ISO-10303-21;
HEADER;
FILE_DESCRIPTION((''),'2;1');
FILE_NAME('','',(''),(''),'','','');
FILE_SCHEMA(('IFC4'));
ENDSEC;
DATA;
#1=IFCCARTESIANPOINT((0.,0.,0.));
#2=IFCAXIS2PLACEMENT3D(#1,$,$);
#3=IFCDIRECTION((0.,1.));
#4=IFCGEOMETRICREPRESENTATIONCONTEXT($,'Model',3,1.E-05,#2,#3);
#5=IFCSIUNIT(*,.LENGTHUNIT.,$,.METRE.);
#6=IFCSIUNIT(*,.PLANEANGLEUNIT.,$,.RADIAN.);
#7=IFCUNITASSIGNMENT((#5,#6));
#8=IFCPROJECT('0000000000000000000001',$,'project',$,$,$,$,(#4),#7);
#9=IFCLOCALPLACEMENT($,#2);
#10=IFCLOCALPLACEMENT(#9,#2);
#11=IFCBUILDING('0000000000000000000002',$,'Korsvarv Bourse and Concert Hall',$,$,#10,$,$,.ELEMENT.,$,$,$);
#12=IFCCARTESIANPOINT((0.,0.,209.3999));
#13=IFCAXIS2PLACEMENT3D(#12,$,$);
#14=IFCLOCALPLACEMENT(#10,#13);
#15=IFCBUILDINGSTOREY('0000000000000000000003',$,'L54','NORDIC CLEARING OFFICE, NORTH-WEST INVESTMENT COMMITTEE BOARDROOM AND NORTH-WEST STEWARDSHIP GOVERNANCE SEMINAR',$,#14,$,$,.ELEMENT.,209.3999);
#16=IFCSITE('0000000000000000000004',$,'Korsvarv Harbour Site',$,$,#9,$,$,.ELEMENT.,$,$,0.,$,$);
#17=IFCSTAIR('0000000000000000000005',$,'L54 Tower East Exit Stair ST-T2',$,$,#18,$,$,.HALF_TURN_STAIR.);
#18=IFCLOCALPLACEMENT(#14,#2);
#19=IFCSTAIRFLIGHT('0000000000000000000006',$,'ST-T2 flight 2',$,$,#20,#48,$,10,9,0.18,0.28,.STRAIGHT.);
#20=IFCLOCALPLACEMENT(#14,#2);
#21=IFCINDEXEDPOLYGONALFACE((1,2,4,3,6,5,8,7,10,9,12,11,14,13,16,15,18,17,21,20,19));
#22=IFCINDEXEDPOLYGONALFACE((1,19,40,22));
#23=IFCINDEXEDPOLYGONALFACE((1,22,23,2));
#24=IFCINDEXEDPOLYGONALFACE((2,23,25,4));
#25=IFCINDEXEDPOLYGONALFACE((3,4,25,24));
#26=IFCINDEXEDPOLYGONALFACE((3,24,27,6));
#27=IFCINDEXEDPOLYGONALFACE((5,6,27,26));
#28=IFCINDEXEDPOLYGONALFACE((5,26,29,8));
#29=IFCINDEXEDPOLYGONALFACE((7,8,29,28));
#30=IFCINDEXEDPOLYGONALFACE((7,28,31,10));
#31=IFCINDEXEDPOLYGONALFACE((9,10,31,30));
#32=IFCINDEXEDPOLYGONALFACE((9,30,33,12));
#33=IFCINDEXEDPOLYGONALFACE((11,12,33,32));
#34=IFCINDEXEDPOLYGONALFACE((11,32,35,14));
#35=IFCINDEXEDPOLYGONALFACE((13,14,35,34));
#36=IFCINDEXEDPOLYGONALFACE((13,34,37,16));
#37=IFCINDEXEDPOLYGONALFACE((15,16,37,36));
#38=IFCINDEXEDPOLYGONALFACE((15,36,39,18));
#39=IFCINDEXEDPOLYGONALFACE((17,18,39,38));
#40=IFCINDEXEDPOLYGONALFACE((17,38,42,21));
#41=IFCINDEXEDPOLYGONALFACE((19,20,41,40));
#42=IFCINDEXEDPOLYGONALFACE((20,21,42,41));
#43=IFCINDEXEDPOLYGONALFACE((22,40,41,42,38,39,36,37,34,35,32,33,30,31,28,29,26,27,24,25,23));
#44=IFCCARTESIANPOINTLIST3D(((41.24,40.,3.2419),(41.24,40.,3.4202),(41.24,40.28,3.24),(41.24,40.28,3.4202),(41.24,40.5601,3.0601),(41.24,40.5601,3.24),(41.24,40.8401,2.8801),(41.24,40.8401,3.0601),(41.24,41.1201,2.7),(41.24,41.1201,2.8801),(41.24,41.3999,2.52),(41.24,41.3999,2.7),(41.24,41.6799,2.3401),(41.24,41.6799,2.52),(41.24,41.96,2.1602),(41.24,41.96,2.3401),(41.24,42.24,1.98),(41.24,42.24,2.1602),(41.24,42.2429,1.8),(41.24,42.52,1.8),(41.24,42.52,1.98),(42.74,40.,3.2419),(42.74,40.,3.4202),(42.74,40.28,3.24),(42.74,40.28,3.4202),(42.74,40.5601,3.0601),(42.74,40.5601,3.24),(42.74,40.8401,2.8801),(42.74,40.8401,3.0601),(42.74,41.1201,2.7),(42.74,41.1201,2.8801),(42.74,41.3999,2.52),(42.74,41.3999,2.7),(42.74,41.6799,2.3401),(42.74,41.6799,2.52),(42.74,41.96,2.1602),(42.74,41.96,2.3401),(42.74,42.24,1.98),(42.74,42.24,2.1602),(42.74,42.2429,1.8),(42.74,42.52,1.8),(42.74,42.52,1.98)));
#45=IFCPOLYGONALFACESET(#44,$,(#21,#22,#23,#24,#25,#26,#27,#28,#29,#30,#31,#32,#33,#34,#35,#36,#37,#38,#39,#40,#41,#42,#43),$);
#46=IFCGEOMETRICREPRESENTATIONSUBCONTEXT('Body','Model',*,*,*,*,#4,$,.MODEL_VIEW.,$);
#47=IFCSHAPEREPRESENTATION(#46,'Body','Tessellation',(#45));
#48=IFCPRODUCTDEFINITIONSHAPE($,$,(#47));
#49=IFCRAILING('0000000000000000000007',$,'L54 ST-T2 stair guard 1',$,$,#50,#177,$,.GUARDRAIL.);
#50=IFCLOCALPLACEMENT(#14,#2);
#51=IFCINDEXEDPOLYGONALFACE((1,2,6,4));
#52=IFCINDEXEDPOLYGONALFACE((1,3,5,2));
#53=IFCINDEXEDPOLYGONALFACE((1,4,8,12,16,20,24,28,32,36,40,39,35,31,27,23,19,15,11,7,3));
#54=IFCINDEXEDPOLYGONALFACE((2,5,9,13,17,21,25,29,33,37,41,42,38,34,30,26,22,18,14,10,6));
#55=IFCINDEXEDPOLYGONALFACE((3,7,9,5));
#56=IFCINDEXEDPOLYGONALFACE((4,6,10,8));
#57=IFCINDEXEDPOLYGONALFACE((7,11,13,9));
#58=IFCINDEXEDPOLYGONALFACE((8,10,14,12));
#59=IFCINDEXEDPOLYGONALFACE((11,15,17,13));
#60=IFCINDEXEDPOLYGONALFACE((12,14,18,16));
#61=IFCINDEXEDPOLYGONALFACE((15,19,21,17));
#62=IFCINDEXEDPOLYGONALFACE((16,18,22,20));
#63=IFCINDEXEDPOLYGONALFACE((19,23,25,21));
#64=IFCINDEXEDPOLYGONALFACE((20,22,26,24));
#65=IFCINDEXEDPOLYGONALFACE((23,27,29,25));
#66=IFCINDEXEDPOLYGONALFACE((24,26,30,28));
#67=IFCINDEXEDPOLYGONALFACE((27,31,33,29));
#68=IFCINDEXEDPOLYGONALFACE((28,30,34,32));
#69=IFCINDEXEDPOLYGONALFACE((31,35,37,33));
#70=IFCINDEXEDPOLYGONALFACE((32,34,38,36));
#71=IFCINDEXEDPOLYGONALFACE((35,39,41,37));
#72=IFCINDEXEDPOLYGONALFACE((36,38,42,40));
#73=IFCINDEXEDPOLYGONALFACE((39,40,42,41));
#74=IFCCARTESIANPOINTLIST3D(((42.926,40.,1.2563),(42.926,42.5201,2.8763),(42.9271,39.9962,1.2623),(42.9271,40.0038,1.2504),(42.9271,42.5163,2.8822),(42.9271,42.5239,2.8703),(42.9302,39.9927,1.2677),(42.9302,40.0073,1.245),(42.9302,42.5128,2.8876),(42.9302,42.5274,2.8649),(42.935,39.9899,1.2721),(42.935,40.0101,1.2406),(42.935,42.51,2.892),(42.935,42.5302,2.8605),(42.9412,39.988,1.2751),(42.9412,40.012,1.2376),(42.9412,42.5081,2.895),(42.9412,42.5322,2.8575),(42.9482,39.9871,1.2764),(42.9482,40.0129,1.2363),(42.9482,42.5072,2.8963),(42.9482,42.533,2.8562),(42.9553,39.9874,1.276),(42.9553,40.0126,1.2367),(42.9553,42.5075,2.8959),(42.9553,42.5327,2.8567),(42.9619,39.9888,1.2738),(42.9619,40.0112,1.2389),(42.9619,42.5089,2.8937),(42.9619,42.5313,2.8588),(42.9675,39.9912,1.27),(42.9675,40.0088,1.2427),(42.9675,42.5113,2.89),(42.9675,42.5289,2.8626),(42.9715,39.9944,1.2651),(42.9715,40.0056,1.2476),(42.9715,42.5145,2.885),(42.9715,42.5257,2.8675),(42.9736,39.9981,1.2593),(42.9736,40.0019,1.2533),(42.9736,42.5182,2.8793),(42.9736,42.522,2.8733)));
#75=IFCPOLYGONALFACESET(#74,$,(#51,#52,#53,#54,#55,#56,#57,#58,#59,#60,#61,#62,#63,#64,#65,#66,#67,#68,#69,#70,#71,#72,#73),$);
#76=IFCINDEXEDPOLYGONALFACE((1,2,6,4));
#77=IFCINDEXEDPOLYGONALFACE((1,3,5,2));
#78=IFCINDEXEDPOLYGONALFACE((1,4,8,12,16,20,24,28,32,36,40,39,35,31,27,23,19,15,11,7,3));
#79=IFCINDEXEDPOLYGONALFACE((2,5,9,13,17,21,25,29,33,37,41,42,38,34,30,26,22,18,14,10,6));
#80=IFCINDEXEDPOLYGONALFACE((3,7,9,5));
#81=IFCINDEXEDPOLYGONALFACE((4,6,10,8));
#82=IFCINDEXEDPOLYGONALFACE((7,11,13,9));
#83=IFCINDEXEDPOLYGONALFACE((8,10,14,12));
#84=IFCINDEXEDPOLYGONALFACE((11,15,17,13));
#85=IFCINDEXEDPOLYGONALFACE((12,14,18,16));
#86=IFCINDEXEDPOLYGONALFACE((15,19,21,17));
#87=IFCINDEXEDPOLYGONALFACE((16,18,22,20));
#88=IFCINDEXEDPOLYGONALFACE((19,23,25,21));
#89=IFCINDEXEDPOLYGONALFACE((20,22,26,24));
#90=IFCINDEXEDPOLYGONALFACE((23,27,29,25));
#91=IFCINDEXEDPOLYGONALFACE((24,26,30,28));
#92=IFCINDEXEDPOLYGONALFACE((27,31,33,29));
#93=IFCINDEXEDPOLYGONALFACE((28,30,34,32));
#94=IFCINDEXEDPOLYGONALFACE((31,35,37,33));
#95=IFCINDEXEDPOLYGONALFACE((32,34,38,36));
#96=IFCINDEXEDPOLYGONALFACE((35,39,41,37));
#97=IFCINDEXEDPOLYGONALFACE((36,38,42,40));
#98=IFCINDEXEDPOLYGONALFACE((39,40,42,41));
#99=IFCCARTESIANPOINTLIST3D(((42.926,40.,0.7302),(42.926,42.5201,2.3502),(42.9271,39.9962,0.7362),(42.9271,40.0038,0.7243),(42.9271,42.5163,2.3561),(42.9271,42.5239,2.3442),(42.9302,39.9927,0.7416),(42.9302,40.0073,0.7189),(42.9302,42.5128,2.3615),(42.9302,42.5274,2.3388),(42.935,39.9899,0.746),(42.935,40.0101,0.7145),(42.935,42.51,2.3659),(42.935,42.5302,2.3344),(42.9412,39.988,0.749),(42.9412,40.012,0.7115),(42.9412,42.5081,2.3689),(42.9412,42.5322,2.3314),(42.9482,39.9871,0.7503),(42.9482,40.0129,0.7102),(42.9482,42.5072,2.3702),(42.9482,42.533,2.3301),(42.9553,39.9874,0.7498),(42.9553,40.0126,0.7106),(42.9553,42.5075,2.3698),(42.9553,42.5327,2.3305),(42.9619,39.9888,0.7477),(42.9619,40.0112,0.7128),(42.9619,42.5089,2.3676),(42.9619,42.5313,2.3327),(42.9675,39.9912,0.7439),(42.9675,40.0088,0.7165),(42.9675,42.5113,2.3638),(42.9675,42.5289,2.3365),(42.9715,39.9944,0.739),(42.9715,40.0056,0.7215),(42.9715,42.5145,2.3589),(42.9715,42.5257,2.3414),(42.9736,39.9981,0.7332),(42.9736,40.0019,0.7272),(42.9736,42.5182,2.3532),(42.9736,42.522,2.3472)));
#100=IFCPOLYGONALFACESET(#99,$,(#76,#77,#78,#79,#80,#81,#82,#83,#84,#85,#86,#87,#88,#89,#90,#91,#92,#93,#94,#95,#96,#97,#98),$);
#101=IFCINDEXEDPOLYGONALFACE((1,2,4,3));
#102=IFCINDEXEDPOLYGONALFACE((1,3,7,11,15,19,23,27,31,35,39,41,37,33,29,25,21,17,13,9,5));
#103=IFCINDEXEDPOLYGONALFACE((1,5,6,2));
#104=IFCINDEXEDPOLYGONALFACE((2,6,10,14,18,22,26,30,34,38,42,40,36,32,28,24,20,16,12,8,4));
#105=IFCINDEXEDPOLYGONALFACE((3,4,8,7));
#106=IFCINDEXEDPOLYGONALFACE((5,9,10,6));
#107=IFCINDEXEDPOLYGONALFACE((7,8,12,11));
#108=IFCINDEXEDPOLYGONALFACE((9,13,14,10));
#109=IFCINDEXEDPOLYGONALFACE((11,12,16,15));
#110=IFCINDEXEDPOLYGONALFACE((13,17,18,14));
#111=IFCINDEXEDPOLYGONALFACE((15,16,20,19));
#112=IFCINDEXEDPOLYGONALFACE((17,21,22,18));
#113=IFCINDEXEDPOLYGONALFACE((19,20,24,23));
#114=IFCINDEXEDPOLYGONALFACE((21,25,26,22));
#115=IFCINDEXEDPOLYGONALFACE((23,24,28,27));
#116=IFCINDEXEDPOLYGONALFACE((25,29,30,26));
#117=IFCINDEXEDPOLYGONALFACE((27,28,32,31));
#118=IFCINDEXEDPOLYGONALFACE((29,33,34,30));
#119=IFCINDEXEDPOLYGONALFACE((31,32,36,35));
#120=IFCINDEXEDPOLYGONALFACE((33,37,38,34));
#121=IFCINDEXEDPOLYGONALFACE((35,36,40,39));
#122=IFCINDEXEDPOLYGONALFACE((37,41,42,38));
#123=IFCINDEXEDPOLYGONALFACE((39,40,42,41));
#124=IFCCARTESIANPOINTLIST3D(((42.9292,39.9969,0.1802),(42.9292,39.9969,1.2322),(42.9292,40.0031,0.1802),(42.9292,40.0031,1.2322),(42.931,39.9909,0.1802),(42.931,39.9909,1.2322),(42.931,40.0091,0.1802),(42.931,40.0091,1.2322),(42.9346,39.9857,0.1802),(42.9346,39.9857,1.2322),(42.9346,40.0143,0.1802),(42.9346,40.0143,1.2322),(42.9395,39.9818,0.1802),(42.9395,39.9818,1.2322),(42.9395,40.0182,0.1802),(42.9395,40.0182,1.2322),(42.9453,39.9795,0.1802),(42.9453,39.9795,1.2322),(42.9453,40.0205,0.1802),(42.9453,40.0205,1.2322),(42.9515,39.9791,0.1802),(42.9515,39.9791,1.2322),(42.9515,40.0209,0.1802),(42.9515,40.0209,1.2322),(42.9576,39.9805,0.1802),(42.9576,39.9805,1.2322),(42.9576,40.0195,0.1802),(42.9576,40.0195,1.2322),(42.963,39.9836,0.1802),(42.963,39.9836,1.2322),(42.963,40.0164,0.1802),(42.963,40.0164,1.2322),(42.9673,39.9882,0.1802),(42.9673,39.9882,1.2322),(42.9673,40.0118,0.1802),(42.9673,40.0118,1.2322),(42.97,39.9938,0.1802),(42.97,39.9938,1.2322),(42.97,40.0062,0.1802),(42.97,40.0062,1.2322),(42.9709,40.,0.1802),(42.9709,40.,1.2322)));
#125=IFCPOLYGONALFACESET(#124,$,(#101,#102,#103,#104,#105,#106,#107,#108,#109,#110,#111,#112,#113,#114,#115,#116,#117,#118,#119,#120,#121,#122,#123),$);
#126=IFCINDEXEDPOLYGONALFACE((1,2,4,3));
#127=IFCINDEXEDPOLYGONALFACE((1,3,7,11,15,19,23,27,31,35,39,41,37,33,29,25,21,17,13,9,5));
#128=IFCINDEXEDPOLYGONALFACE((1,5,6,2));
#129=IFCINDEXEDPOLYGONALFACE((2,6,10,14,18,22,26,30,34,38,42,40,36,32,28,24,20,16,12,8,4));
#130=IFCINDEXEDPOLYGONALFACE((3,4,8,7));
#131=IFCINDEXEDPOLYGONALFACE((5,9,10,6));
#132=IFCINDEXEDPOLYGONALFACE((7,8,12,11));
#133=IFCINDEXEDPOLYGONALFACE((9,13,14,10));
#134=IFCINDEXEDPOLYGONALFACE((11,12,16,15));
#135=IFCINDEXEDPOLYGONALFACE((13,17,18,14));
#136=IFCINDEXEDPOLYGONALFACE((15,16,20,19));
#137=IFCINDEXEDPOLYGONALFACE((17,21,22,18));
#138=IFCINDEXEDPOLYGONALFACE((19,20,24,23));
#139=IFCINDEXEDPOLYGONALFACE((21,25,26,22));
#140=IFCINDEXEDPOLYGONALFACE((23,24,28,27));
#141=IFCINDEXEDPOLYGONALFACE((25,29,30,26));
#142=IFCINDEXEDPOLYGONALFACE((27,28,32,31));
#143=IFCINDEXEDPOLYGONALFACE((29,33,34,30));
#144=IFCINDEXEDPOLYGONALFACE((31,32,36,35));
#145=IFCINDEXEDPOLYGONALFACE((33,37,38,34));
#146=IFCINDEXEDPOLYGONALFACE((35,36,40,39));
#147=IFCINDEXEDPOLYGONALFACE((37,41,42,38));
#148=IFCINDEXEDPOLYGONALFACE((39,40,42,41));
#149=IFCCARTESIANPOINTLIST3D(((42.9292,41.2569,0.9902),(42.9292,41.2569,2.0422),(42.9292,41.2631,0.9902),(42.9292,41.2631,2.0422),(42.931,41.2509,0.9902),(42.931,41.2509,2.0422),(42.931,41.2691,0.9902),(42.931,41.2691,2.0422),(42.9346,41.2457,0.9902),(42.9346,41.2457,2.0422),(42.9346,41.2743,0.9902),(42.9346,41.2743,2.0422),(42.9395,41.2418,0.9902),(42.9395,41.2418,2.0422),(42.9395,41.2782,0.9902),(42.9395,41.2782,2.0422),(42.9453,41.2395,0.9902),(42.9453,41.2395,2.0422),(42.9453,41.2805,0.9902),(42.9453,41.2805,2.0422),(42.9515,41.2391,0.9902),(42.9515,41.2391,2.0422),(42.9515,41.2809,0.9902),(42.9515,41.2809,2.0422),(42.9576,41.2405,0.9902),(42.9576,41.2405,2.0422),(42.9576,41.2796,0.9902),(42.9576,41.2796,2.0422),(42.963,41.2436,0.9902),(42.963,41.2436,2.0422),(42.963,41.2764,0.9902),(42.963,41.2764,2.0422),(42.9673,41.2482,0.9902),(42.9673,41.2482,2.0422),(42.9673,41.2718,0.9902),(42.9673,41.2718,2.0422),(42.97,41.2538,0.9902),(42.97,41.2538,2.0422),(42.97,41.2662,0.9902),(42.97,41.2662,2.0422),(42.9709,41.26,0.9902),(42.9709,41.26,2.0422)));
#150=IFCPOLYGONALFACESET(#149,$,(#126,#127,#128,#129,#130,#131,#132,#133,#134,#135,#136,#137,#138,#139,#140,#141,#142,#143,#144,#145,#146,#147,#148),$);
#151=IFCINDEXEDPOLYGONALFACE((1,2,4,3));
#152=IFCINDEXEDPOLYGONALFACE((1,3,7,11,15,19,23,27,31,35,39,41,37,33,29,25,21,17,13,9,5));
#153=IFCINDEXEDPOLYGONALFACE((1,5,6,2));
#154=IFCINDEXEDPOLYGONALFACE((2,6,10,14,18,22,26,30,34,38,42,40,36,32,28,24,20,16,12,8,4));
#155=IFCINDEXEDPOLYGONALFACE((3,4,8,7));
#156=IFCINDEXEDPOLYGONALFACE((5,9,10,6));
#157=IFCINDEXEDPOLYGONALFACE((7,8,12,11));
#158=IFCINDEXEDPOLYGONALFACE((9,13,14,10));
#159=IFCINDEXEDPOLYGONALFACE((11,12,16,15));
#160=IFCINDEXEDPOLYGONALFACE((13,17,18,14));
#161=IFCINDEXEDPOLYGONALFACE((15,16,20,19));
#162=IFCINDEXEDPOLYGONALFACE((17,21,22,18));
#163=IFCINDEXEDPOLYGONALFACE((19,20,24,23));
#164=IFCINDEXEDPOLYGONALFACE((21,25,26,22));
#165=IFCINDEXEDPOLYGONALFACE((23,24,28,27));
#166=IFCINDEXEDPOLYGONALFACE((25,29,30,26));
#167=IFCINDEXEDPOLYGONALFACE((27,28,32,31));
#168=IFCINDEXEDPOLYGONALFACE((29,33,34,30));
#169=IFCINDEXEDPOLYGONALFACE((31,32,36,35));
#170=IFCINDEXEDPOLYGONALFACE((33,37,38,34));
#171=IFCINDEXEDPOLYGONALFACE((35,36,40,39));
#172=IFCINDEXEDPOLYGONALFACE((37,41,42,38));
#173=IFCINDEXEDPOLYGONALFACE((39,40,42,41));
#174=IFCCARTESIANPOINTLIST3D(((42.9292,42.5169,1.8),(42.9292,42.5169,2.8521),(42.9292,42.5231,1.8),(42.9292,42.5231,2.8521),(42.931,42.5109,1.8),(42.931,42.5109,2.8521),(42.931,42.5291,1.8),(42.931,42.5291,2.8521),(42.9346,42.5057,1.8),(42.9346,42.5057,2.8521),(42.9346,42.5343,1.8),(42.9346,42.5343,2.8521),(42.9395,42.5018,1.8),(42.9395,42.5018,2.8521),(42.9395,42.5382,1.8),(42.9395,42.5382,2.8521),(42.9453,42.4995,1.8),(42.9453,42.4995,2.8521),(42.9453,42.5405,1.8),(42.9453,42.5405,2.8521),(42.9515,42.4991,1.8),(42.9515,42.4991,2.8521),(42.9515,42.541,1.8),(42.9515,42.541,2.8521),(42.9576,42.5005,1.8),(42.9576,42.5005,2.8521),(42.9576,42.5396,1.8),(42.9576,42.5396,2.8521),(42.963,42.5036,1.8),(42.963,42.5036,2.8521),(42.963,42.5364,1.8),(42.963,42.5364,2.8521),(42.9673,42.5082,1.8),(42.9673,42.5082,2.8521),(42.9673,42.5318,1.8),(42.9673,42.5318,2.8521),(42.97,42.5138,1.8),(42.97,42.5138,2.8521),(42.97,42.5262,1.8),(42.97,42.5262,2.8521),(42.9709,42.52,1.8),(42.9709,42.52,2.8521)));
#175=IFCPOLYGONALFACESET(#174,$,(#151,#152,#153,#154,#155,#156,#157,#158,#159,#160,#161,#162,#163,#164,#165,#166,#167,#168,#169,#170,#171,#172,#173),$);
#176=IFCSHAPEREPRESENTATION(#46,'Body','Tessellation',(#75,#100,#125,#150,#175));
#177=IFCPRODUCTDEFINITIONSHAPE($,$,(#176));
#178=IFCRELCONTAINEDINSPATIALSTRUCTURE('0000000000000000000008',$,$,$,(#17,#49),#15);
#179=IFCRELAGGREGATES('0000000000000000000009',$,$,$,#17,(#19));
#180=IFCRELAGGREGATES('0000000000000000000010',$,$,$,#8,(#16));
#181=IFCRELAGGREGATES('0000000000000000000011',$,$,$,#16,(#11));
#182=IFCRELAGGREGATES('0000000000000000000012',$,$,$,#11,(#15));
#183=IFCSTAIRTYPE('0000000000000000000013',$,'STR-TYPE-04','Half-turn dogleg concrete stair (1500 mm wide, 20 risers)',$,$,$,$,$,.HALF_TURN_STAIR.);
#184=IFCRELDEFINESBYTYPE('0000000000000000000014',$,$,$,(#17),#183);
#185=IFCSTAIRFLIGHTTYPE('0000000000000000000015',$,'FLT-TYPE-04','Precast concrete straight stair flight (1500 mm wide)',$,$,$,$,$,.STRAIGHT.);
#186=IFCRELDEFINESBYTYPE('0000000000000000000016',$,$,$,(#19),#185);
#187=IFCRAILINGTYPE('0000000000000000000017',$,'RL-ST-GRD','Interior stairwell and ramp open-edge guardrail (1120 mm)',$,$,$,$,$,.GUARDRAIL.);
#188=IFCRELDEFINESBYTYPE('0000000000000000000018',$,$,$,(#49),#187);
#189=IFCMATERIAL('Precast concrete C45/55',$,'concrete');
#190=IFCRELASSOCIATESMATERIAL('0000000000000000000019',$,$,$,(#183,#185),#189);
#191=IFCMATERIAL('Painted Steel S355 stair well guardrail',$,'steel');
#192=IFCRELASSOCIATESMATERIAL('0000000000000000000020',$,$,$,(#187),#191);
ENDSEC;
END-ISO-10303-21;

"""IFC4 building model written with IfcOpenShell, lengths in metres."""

from ifc_helpers import new_model, si_unit, direction, frame, origin, origin_2d, place, context, subcontext, project, spatial, polyline, circle, outline, extrude, material, type_object, element, aggregate, save


model = new_model("IFC4")

# Units and contexts
model_context = context("Model", 3, precision=1e-05, world=origin(), true_north=direction((0.0, 1.0)))
body_context = subcontext(model_context, "Body", "Model", "MODEL_VIEW")
ifc_project = project(units=[si_unit("LENGTHUNIT", "METRE"), si_unit("PLANEANGLEUNIT", "RADIAN")], contexts=[model_context])

# Site, building, storey
site_placement = place(None, origin())
site = spatial("IfcSite", under=ifc_project, at=site_placement, Name="Korsvarv Harbour Site", CompositionType="ELEMENT", RefElevation=0.0)
building_placement = place(site_placement, origin())
building = spatial("IfcBuilding", under=site, at=building_placement, Name="Korsvarv Bourse and Concert Hall", CompositionType="ELEMENT")
storey_placement = place(building_placement, frame((0.0, 0.0, 209.3999)))
storey = spatial("IfcBuildingStorey", under=building, at=storey_placement, Name="L54", Description="NORDIC CLEARING OFFICE, NORTH-WEST INVESTMENT COMMITTEE BOARDROOM AND NORTH-WEST STEWARDSHIP GOVERNANCE SEMINAR", CompositionType="ELEMENT", Elevation=209.3999)

# Stair, stair flight
ifc_material_1 = material(Name="Precast concrete C45/55", Category="concrete")
stair_type = type_object("IfcStairType", Name="STR-TYPE-04", Description="Half-turn dogleg concrete stair (1500 mm wide, 20 risers)", PredefinedType="HALF_TURN_STAIR", material=ifc_material_1)
stair_placement = place(storey_placement, origin())
stair = element("IfcStair", 1, at=stair_placement, inside=storey, type_object=stair_type, Name="L54 Tower East Exit Stair ST-T2", PredefinedType="HALF_TURN_STAIR")
stair_flight_type = type_object("IfcStairFlightType", Name="FLT-TYPE-04", Description="Precast concrete straight stair flight (1500 mm wide)", PredefinedType="STRAIGHT", material=ifc_material_1)
stair_flight_1_placement = place(storey_placement, frame((41.99, 42.52, 1.8), z_axis=(0.0, 0.0, 1.0), x_axis=(0.0, -1.0, 0.0)))
stair_flight_1 = element("IfcStairFlight", 2, at=stair_flight_1_placement, type_object=stair_flight_type, Name="ST-T2 flight 2", NumberOfRisers=10, NumberOfTreads=9, PredefinedType="STRAIGHT", RiserHeight=0.18, TreadLength=0.28, context=body_context, shape_type="SweptSolid", body=[
    extrude(outline(polyline([(0.0, 0.0), (0.0, 0.1799), (0.28, 0.1799), (0.28, 0.3601), (0.5601, 0.3601), (0.5601, 0.54), (0.8401, 0.54), (0.8401, 0.72), (1.1201, 0.72), (1.1201, 0.8999), (1.3999, 0.8999), (1.3999, 1.0801), (1.6799, 1.0801), (1.6799, 1.26), (1.96, 1.26), (1.96, 1.4399), (2.24, 1.4399), (2.24, 1.6201), (2.52, 1.6201), (2.52, 1.8), (2.52, 1.4419), (0.2771, 0.0), (0.0, 0.0)])), frame((0.0, 0.75, 0.0), z_axis=(0.0, -1.0, 0.0), x_axis=(1.0, 0.0, 0.0)), (0.0, 0.0, 1.0), 1.5),
])
aggregate(stair, [stair_flight_1])

# Railing
ifc_material_2 = material(Name="Painted Steel S355 stair well guardrail", Category="steel")
railing_type_1 = type_object("IfcRailingType", Name="RL-ST-GRD", Description="Interior stairwell and ramp open-edge guardrail (1120 mm)", PredefinedType="GUARDRAIL", material=ifc_material_2)
railing_1_placement = place(storey_placement, frame((42.95, 40.0, 0.1802)))
element("IfcRailing", 3, at=railing_1_placement, inside=storey, type_object=railing_type_1, Name="L54 ST-T2 stair guard 1", PredefinedType="GUARDRAIL", context=body_context, shape_type="SweptSolid", body=[
    extrude(circle(Radius=0.0239, at=origin_2d()), frame((0.0, 0.0, 1.0762), z_axis=(0.0, 0.8412, 0.540725), x_axis=(-1.0, 0.0, 0.0)), (0.0, 0.0, 1.0), 2.9958),
    extrude(circle(Radius=0.0239, at=origin_2d()), frame((0.0, 0.0, 0.55), z_axis=(0.0, 0.8412, 0.540725), x_axis=(-1.0, 0.0, 0.0)), (0.0, 0.0, 1.0), 2.9958),
    extrude(circle(Radius=0.021, at=origin_2d()), origin(), (0.0, 0.0, 1.0), 1.052),
    extrude(circle(Radius=0.021, at=origin_2d()), frame((0.0, 1.26, 0.8101)), (0.0, 0.0, 1.0), 1.052),
    extrude(circle(Radius=0.021, at=origin_2d()), frame((0.0, 2.52, 1.6199)), (0.0, 0.0, 1.0), 1.052),
])

save(model, "model.ifc")
